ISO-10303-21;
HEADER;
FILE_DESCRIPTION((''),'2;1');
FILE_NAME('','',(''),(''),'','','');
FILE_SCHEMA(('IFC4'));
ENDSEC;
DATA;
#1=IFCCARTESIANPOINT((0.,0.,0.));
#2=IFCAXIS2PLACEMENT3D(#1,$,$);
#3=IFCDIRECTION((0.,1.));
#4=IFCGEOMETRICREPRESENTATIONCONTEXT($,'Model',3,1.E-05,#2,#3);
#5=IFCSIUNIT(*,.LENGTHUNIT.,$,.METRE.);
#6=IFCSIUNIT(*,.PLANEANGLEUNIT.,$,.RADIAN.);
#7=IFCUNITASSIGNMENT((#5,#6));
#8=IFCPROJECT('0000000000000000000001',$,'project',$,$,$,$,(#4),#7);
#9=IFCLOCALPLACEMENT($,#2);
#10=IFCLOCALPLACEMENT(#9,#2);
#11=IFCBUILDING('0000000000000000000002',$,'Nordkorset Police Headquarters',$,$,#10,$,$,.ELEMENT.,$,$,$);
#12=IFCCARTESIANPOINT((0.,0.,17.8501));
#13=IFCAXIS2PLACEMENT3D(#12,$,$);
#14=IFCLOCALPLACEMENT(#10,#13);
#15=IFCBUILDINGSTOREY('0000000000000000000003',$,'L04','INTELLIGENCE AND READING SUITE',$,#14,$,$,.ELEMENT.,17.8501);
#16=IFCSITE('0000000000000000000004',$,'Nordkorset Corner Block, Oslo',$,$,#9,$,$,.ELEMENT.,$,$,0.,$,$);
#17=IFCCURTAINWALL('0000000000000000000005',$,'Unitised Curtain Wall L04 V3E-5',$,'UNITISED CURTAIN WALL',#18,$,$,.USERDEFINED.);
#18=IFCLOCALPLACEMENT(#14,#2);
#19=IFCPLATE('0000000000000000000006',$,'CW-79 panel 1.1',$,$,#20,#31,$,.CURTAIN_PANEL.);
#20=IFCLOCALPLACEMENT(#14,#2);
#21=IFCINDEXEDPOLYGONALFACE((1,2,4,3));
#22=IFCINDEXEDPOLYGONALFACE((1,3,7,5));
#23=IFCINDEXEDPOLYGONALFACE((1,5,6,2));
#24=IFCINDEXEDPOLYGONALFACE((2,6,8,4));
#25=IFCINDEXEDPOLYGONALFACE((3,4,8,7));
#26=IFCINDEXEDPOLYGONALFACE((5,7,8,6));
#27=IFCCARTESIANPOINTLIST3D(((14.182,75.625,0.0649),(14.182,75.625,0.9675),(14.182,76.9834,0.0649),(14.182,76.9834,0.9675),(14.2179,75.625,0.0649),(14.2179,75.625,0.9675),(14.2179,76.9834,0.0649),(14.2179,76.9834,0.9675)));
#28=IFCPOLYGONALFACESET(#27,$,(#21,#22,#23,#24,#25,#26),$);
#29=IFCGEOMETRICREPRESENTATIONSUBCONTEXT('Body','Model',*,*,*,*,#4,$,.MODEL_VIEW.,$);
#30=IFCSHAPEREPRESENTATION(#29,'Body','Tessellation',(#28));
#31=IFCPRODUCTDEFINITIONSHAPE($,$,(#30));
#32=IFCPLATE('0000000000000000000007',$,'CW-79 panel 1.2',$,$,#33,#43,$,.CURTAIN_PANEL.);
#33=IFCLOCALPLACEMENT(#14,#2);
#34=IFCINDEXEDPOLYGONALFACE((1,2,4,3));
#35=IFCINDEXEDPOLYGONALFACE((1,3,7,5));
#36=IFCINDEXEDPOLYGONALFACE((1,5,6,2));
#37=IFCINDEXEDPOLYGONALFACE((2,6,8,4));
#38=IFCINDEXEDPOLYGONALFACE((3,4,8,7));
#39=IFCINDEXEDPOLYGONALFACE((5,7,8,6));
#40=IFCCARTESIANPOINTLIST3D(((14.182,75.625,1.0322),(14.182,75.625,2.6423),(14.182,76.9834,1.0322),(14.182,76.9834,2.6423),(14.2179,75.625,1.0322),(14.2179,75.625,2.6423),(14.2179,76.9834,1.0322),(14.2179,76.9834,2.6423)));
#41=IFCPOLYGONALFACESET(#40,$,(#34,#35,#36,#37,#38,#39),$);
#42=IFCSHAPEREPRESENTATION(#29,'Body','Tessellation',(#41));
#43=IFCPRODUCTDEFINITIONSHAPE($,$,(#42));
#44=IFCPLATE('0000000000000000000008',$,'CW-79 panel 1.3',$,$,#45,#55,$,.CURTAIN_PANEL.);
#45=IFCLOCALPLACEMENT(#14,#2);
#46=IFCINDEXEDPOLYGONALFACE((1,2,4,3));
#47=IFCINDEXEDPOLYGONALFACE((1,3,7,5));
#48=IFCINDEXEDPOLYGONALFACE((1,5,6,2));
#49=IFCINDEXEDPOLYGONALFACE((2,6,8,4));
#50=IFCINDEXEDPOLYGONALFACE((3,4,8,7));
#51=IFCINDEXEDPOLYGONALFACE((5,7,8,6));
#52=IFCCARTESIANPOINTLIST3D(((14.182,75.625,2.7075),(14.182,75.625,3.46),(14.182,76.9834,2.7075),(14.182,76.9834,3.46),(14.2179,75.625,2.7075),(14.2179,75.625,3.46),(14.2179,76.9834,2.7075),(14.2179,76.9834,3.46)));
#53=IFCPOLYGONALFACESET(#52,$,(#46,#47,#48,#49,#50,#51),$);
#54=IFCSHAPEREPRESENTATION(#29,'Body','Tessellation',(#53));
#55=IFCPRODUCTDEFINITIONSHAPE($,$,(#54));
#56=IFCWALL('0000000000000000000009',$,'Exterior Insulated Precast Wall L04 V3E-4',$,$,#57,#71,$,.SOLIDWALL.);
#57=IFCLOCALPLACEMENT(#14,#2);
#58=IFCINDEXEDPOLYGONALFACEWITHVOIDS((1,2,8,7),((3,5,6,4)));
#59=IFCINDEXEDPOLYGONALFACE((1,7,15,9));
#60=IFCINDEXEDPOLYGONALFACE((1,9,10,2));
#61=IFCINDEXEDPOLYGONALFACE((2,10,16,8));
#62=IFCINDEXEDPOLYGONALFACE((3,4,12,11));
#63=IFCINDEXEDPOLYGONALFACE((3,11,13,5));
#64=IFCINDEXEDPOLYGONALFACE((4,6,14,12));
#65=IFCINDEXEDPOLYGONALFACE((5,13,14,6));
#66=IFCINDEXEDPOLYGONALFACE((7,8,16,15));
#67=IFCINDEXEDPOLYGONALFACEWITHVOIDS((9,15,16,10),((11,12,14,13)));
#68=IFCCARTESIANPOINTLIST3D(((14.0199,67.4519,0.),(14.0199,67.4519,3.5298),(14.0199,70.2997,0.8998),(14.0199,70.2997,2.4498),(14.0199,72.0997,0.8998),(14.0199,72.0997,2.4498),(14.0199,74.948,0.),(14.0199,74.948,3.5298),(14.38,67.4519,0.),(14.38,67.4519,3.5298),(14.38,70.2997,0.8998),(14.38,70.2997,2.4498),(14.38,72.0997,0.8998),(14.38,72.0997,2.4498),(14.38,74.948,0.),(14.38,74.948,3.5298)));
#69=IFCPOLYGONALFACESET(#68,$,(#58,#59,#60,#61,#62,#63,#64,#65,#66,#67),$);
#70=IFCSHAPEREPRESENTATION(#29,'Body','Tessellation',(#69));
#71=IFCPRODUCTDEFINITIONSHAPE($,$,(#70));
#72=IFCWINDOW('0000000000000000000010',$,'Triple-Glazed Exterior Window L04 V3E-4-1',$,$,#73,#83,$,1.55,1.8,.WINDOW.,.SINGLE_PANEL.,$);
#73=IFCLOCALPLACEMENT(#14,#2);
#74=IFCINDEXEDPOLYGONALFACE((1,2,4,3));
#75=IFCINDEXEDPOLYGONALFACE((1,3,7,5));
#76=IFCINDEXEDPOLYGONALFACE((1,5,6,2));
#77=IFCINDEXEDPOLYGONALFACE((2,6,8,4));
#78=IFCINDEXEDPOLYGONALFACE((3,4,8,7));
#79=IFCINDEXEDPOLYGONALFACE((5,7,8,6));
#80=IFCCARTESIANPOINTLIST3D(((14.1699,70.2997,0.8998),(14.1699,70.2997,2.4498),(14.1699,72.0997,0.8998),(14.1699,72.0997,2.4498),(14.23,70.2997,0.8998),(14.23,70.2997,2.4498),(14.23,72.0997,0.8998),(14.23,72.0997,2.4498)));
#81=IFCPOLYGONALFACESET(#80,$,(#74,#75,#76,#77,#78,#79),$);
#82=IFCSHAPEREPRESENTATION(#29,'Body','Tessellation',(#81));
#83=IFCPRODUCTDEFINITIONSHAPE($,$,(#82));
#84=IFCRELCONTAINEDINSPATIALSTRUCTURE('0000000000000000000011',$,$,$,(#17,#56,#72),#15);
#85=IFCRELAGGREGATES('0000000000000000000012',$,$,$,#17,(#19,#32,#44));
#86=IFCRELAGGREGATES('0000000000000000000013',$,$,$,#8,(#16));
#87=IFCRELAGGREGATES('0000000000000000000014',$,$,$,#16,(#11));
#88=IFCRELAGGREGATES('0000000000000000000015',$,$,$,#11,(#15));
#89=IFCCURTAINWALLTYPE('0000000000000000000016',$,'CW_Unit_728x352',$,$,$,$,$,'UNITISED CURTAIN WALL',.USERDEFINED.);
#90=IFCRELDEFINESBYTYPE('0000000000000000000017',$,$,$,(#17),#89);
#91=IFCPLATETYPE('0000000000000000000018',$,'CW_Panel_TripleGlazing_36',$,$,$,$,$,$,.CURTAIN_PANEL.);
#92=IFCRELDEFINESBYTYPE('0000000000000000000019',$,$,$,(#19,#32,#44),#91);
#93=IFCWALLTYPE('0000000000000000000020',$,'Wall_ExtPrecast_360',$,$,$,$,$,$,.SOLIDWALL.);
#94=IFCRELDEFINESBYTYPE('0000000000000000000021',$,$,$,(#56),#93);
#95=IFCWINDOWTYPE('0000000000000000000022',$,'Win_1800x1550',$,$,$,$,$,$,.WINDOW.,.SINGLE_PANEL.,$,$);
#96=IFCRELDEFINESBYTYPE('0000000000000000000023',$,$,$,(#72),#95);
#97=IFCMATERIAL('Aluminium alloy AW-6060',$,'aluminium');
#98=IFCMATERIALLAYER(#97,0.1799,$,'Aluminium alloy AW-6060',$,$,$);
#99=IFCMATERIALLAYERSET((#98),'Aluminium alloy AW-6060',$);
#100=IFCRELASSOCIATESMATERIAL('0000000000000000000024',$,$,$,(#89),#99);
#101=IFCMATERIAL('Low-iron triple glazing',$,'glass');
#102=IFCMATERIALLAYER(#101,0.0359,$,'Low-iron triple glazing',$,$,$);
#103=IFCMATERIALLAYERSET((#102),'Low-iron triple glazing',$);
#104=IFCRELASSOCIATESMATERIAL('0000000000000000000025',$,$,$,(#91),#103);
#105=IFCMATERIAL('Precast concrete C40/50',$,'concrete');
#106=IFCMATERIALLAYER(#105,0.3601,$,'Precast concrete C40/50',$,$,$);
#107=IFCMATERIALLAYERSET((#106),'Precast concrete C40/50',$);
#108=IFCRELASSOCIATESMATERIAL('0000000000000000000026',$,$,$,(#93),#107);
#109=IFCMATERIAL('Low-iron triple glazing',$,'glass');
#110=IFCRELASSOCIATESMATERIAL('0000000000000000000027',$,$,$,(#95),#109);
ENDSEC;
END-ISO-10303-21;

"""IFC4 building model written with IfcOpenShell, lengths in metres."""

from ifc_helpers import new_model, si_unit, direction, frame, frame_2d, origin, origin_2d, place, context, subcontext, project, spatial, rectangle, extrude, material, layer, layer_set, type_object, element, fill, aggregate, save


model = new_model("IFC4")

# Units and contexts
model_context = context("Model", 3, precision=1e-05, world=origin(), true_north=direction((0.0, 1.0)))
body_context = subcontext(model_context, "Body", "Model", "MODEL_VIEW")
ifc_project = project(units=[si_unit("LENGTHUNIT", "METRE"), si_unit("PLANEANGLEUNIT", "RADIAN")], contexts=[model_context])

# Site, building, storey
site_placement = place(None, origin())
site = spatial("IfcSite", under=ifc_project, at=site_placement, Name="Nordkorset Corner Block, Oslo", CompositionType="ELEMENT", RefElevation=0.0)
building_placement = place(site_placement, origin())
building = spatial("IfcBuilding", under=site, at=building_placement, Name="Nordkorset Police Headquarters", CompositionType="ELEMENT")
storey_placement = place(building_placement, frame((0.0, 0.0, 17.8501)))
storey = spatial("IfcBuildingStorey", under=building, at=storey_placement, Name="L04", Description="INTELLIGENCE AND READING SUITE", CompositionType="ELEMENT", Elevation=17.8501)

# Curtain wall
ifc_material_1 = material(Name="Aluminium alloy AW-6060", Category="aluminium")
ifc_layer_1 = layer(ifc_material_1, 0.1799, Name="Aluminium alloy AW-6060")
ifc_layer_set_1 = layer_set([ifc_layer_1], Name="Aluminium alloy AW-6060")
curtain_wall_type = type_object("IfcCurtainWallType", Name="CW_Unit_728x352", ElementType="UNITISED CURTAIN WALL", PredefinedType="USERDEFINED", material=ifc_layer_set_1)
curtain_wall_placement = place(storey_placement, origin())
curtain_wall = element("IfcCurtainWall", 1, at=curtain_wall_placement, inside=storey, type_object=curtain_wall_type, Name="Unitised Curtain Wall L04 V3E-5", ObjectType="UNITISED CURTAIN WALL", PredefinedType="USERDEFINED")

# Plates
ifc_material_2 = material(Name="Low-iron triple glazing", Category="glass")
ifc_layer_2 = layer(ifc_material_2, 0.0359, Name="Low-iron triple glazing")
ifc_layer_set_2 = layer_set([ifc_layer_2], Name="Low-iron triple glazing")
plate_type = type_object("IfcPlateType", Name="CW_Panel_TripleGlazing_36", PredefinedType="CURTAIN_PANEL", material=ifc_layer_set_2)
plate_1_placement = place(storey_placement, frame((14.2, 76.3042, 0.0649), z_axis=(0.0, 0.0, 1.0), x_axis=(0.0, 1.0, 0.0)))
plate_1 = element("IfcPlate", 2, at=plate_1_placement, type_object=plate_type, Name="CW-79 panel 1.1", PredefinedType="CURTAIN_PANEL", context=body_context, shape_type="SweptSolid", body=[
    extrude(rectangle(XDim=1.3584, YDim=0.0359, at=origin_2d()), origin(), (0.0, 0.0, 1.0), 0.9026),
])
plate_2_placement = place(storey_placement, frame((14.2, 76.3042, 1.0322), z_axis=(0.0, 0.0, 1.0), x_axis=(0.0, 1.0, 0.0)))
plate_2 = element("IfcPlate", 3, at=plate_2_placement, type_object=plate_type, Name="CW-79 panel 1.2", PredefinedType="CURTAIN_PANEL", context=body_context, shape_type="SweptSolid", body=[
    extrude(rectangle(XDim=1.3584, YDim=0.0359, at=origin_2d()), origin(), (0.0, 0.0, 1.0), 1.6101),
])
plate_3_placement = place(storey_placement, frame((14.2, 76.3042, 2.7075), z_axis=(0.0, 0.0, 1.0), x_axis=(0.0, 1.0, 0.0)))
plate_3 = element("IfcPlate", 4, at=plate_3_placement, type_object=plate_type, Name="CW-79 panel 1.3", PredefinedType="CURTAIN_PANEL", context=body_context, shape_type="SweptSolid", body=[
    extrude(rectangle(XDim=1.3584, YDim=0.0359, at=origin_2d()), origin(), (0.0, 0.0, 1.0), 0.7524),
])
aggregate(curtain_wall, [plate_1, plate_2, plate_3])

# Wall, opening, window
ifc_material_3 = material(Name="Precast concrete C40/50", Category="concrete")
ifc_layer_3 = layer(ifc_material_3, 0.3601, Name="Precast concrete C40/50")
ifc_layer_set_3 = layer_set([ifc_layer_3], Name="Precast concrete C40/50")
wall_type = type_object("IfcWallType", Name="Wall_ExtPrecast_360", PredefinedType="SOLIDWALL", material=ifc_layer_set_3)
wall_placement = place(storey_placement, frame((14.2, 67.4519, 0.0), z_axis=(0.0, 0.0, 1.0), x_axis=(0.0, 1.0, 0.0)))
wall = element("IfcWall", 5, at=wall_placement, inside=storey, type_object=wall_type, Name="Exterior Insulated Precast Wall L04 V3E-4", PredefinedType="SOLIDWALL", context=body_context, shape_type="SweptSolid", body=[
    extrude(rectangle(XDim=7.4961, YDim=0.3601, at=frame_2d((3.748, 0.0))), origin(), (0.0, 0.0, 1.0), 3.5298),
])
opening_placement = place(wall_placement, frame((2.8479, 0.0, 0.8999)))
opening = element("IfcOpeningElement", 6, at=opening_placement, cuts=wall, PredefinedType="OPENING", context=body_context, shape_type="SweptSolid", body=[
    extrude(rectangle(XDim=1.8, YDim=1.55, at=frame_2d((0.8999, 0.7749))), frame((0.0, 0.1899, 0.0), z_axis=(0.0, -1.0, 0.0), x_axis=(1.0, 0.0, 0.0)), (0.0, 0.0, 1.0), 0.3801),
])
ifc_material_4 = material(Name="Low-iron triple glazing", Category="glass")
window_type = type_object("IfcWindowType", Name="Win_1800x1550", PartitioningType="SINGLE_PANEL", PredefinedType="WINDOW", material=ifc_material_4)
window_placement = place(opening_placement, origin())
window = element("IfcWindow", 7, at=window_placement, inside=storey, type_object=window_type, Name="Triple-Glazed Exterior Window L04 V3E-4-1", OverallHeight=1.55, OverallWidth=1.8, PartitioningType="SINGLE_PANEL", PredefinedType="WINDOW", context=body_context, shape_type="SweptSolid", body=[
    extrude(rectangle(XDim=1.8, YDim=1.55, at=frame_2d((0.8999, 0.7749))), frame((0.0, 0.03, 0.0), z_axis=(0.0, -1.0, 0.0), x_axis=(1.0, 0.0, 0.0)), (0.0, 0.0, 1.0), 0.0601),
])
fill(opening, window)

save(model, "model.ifc")
